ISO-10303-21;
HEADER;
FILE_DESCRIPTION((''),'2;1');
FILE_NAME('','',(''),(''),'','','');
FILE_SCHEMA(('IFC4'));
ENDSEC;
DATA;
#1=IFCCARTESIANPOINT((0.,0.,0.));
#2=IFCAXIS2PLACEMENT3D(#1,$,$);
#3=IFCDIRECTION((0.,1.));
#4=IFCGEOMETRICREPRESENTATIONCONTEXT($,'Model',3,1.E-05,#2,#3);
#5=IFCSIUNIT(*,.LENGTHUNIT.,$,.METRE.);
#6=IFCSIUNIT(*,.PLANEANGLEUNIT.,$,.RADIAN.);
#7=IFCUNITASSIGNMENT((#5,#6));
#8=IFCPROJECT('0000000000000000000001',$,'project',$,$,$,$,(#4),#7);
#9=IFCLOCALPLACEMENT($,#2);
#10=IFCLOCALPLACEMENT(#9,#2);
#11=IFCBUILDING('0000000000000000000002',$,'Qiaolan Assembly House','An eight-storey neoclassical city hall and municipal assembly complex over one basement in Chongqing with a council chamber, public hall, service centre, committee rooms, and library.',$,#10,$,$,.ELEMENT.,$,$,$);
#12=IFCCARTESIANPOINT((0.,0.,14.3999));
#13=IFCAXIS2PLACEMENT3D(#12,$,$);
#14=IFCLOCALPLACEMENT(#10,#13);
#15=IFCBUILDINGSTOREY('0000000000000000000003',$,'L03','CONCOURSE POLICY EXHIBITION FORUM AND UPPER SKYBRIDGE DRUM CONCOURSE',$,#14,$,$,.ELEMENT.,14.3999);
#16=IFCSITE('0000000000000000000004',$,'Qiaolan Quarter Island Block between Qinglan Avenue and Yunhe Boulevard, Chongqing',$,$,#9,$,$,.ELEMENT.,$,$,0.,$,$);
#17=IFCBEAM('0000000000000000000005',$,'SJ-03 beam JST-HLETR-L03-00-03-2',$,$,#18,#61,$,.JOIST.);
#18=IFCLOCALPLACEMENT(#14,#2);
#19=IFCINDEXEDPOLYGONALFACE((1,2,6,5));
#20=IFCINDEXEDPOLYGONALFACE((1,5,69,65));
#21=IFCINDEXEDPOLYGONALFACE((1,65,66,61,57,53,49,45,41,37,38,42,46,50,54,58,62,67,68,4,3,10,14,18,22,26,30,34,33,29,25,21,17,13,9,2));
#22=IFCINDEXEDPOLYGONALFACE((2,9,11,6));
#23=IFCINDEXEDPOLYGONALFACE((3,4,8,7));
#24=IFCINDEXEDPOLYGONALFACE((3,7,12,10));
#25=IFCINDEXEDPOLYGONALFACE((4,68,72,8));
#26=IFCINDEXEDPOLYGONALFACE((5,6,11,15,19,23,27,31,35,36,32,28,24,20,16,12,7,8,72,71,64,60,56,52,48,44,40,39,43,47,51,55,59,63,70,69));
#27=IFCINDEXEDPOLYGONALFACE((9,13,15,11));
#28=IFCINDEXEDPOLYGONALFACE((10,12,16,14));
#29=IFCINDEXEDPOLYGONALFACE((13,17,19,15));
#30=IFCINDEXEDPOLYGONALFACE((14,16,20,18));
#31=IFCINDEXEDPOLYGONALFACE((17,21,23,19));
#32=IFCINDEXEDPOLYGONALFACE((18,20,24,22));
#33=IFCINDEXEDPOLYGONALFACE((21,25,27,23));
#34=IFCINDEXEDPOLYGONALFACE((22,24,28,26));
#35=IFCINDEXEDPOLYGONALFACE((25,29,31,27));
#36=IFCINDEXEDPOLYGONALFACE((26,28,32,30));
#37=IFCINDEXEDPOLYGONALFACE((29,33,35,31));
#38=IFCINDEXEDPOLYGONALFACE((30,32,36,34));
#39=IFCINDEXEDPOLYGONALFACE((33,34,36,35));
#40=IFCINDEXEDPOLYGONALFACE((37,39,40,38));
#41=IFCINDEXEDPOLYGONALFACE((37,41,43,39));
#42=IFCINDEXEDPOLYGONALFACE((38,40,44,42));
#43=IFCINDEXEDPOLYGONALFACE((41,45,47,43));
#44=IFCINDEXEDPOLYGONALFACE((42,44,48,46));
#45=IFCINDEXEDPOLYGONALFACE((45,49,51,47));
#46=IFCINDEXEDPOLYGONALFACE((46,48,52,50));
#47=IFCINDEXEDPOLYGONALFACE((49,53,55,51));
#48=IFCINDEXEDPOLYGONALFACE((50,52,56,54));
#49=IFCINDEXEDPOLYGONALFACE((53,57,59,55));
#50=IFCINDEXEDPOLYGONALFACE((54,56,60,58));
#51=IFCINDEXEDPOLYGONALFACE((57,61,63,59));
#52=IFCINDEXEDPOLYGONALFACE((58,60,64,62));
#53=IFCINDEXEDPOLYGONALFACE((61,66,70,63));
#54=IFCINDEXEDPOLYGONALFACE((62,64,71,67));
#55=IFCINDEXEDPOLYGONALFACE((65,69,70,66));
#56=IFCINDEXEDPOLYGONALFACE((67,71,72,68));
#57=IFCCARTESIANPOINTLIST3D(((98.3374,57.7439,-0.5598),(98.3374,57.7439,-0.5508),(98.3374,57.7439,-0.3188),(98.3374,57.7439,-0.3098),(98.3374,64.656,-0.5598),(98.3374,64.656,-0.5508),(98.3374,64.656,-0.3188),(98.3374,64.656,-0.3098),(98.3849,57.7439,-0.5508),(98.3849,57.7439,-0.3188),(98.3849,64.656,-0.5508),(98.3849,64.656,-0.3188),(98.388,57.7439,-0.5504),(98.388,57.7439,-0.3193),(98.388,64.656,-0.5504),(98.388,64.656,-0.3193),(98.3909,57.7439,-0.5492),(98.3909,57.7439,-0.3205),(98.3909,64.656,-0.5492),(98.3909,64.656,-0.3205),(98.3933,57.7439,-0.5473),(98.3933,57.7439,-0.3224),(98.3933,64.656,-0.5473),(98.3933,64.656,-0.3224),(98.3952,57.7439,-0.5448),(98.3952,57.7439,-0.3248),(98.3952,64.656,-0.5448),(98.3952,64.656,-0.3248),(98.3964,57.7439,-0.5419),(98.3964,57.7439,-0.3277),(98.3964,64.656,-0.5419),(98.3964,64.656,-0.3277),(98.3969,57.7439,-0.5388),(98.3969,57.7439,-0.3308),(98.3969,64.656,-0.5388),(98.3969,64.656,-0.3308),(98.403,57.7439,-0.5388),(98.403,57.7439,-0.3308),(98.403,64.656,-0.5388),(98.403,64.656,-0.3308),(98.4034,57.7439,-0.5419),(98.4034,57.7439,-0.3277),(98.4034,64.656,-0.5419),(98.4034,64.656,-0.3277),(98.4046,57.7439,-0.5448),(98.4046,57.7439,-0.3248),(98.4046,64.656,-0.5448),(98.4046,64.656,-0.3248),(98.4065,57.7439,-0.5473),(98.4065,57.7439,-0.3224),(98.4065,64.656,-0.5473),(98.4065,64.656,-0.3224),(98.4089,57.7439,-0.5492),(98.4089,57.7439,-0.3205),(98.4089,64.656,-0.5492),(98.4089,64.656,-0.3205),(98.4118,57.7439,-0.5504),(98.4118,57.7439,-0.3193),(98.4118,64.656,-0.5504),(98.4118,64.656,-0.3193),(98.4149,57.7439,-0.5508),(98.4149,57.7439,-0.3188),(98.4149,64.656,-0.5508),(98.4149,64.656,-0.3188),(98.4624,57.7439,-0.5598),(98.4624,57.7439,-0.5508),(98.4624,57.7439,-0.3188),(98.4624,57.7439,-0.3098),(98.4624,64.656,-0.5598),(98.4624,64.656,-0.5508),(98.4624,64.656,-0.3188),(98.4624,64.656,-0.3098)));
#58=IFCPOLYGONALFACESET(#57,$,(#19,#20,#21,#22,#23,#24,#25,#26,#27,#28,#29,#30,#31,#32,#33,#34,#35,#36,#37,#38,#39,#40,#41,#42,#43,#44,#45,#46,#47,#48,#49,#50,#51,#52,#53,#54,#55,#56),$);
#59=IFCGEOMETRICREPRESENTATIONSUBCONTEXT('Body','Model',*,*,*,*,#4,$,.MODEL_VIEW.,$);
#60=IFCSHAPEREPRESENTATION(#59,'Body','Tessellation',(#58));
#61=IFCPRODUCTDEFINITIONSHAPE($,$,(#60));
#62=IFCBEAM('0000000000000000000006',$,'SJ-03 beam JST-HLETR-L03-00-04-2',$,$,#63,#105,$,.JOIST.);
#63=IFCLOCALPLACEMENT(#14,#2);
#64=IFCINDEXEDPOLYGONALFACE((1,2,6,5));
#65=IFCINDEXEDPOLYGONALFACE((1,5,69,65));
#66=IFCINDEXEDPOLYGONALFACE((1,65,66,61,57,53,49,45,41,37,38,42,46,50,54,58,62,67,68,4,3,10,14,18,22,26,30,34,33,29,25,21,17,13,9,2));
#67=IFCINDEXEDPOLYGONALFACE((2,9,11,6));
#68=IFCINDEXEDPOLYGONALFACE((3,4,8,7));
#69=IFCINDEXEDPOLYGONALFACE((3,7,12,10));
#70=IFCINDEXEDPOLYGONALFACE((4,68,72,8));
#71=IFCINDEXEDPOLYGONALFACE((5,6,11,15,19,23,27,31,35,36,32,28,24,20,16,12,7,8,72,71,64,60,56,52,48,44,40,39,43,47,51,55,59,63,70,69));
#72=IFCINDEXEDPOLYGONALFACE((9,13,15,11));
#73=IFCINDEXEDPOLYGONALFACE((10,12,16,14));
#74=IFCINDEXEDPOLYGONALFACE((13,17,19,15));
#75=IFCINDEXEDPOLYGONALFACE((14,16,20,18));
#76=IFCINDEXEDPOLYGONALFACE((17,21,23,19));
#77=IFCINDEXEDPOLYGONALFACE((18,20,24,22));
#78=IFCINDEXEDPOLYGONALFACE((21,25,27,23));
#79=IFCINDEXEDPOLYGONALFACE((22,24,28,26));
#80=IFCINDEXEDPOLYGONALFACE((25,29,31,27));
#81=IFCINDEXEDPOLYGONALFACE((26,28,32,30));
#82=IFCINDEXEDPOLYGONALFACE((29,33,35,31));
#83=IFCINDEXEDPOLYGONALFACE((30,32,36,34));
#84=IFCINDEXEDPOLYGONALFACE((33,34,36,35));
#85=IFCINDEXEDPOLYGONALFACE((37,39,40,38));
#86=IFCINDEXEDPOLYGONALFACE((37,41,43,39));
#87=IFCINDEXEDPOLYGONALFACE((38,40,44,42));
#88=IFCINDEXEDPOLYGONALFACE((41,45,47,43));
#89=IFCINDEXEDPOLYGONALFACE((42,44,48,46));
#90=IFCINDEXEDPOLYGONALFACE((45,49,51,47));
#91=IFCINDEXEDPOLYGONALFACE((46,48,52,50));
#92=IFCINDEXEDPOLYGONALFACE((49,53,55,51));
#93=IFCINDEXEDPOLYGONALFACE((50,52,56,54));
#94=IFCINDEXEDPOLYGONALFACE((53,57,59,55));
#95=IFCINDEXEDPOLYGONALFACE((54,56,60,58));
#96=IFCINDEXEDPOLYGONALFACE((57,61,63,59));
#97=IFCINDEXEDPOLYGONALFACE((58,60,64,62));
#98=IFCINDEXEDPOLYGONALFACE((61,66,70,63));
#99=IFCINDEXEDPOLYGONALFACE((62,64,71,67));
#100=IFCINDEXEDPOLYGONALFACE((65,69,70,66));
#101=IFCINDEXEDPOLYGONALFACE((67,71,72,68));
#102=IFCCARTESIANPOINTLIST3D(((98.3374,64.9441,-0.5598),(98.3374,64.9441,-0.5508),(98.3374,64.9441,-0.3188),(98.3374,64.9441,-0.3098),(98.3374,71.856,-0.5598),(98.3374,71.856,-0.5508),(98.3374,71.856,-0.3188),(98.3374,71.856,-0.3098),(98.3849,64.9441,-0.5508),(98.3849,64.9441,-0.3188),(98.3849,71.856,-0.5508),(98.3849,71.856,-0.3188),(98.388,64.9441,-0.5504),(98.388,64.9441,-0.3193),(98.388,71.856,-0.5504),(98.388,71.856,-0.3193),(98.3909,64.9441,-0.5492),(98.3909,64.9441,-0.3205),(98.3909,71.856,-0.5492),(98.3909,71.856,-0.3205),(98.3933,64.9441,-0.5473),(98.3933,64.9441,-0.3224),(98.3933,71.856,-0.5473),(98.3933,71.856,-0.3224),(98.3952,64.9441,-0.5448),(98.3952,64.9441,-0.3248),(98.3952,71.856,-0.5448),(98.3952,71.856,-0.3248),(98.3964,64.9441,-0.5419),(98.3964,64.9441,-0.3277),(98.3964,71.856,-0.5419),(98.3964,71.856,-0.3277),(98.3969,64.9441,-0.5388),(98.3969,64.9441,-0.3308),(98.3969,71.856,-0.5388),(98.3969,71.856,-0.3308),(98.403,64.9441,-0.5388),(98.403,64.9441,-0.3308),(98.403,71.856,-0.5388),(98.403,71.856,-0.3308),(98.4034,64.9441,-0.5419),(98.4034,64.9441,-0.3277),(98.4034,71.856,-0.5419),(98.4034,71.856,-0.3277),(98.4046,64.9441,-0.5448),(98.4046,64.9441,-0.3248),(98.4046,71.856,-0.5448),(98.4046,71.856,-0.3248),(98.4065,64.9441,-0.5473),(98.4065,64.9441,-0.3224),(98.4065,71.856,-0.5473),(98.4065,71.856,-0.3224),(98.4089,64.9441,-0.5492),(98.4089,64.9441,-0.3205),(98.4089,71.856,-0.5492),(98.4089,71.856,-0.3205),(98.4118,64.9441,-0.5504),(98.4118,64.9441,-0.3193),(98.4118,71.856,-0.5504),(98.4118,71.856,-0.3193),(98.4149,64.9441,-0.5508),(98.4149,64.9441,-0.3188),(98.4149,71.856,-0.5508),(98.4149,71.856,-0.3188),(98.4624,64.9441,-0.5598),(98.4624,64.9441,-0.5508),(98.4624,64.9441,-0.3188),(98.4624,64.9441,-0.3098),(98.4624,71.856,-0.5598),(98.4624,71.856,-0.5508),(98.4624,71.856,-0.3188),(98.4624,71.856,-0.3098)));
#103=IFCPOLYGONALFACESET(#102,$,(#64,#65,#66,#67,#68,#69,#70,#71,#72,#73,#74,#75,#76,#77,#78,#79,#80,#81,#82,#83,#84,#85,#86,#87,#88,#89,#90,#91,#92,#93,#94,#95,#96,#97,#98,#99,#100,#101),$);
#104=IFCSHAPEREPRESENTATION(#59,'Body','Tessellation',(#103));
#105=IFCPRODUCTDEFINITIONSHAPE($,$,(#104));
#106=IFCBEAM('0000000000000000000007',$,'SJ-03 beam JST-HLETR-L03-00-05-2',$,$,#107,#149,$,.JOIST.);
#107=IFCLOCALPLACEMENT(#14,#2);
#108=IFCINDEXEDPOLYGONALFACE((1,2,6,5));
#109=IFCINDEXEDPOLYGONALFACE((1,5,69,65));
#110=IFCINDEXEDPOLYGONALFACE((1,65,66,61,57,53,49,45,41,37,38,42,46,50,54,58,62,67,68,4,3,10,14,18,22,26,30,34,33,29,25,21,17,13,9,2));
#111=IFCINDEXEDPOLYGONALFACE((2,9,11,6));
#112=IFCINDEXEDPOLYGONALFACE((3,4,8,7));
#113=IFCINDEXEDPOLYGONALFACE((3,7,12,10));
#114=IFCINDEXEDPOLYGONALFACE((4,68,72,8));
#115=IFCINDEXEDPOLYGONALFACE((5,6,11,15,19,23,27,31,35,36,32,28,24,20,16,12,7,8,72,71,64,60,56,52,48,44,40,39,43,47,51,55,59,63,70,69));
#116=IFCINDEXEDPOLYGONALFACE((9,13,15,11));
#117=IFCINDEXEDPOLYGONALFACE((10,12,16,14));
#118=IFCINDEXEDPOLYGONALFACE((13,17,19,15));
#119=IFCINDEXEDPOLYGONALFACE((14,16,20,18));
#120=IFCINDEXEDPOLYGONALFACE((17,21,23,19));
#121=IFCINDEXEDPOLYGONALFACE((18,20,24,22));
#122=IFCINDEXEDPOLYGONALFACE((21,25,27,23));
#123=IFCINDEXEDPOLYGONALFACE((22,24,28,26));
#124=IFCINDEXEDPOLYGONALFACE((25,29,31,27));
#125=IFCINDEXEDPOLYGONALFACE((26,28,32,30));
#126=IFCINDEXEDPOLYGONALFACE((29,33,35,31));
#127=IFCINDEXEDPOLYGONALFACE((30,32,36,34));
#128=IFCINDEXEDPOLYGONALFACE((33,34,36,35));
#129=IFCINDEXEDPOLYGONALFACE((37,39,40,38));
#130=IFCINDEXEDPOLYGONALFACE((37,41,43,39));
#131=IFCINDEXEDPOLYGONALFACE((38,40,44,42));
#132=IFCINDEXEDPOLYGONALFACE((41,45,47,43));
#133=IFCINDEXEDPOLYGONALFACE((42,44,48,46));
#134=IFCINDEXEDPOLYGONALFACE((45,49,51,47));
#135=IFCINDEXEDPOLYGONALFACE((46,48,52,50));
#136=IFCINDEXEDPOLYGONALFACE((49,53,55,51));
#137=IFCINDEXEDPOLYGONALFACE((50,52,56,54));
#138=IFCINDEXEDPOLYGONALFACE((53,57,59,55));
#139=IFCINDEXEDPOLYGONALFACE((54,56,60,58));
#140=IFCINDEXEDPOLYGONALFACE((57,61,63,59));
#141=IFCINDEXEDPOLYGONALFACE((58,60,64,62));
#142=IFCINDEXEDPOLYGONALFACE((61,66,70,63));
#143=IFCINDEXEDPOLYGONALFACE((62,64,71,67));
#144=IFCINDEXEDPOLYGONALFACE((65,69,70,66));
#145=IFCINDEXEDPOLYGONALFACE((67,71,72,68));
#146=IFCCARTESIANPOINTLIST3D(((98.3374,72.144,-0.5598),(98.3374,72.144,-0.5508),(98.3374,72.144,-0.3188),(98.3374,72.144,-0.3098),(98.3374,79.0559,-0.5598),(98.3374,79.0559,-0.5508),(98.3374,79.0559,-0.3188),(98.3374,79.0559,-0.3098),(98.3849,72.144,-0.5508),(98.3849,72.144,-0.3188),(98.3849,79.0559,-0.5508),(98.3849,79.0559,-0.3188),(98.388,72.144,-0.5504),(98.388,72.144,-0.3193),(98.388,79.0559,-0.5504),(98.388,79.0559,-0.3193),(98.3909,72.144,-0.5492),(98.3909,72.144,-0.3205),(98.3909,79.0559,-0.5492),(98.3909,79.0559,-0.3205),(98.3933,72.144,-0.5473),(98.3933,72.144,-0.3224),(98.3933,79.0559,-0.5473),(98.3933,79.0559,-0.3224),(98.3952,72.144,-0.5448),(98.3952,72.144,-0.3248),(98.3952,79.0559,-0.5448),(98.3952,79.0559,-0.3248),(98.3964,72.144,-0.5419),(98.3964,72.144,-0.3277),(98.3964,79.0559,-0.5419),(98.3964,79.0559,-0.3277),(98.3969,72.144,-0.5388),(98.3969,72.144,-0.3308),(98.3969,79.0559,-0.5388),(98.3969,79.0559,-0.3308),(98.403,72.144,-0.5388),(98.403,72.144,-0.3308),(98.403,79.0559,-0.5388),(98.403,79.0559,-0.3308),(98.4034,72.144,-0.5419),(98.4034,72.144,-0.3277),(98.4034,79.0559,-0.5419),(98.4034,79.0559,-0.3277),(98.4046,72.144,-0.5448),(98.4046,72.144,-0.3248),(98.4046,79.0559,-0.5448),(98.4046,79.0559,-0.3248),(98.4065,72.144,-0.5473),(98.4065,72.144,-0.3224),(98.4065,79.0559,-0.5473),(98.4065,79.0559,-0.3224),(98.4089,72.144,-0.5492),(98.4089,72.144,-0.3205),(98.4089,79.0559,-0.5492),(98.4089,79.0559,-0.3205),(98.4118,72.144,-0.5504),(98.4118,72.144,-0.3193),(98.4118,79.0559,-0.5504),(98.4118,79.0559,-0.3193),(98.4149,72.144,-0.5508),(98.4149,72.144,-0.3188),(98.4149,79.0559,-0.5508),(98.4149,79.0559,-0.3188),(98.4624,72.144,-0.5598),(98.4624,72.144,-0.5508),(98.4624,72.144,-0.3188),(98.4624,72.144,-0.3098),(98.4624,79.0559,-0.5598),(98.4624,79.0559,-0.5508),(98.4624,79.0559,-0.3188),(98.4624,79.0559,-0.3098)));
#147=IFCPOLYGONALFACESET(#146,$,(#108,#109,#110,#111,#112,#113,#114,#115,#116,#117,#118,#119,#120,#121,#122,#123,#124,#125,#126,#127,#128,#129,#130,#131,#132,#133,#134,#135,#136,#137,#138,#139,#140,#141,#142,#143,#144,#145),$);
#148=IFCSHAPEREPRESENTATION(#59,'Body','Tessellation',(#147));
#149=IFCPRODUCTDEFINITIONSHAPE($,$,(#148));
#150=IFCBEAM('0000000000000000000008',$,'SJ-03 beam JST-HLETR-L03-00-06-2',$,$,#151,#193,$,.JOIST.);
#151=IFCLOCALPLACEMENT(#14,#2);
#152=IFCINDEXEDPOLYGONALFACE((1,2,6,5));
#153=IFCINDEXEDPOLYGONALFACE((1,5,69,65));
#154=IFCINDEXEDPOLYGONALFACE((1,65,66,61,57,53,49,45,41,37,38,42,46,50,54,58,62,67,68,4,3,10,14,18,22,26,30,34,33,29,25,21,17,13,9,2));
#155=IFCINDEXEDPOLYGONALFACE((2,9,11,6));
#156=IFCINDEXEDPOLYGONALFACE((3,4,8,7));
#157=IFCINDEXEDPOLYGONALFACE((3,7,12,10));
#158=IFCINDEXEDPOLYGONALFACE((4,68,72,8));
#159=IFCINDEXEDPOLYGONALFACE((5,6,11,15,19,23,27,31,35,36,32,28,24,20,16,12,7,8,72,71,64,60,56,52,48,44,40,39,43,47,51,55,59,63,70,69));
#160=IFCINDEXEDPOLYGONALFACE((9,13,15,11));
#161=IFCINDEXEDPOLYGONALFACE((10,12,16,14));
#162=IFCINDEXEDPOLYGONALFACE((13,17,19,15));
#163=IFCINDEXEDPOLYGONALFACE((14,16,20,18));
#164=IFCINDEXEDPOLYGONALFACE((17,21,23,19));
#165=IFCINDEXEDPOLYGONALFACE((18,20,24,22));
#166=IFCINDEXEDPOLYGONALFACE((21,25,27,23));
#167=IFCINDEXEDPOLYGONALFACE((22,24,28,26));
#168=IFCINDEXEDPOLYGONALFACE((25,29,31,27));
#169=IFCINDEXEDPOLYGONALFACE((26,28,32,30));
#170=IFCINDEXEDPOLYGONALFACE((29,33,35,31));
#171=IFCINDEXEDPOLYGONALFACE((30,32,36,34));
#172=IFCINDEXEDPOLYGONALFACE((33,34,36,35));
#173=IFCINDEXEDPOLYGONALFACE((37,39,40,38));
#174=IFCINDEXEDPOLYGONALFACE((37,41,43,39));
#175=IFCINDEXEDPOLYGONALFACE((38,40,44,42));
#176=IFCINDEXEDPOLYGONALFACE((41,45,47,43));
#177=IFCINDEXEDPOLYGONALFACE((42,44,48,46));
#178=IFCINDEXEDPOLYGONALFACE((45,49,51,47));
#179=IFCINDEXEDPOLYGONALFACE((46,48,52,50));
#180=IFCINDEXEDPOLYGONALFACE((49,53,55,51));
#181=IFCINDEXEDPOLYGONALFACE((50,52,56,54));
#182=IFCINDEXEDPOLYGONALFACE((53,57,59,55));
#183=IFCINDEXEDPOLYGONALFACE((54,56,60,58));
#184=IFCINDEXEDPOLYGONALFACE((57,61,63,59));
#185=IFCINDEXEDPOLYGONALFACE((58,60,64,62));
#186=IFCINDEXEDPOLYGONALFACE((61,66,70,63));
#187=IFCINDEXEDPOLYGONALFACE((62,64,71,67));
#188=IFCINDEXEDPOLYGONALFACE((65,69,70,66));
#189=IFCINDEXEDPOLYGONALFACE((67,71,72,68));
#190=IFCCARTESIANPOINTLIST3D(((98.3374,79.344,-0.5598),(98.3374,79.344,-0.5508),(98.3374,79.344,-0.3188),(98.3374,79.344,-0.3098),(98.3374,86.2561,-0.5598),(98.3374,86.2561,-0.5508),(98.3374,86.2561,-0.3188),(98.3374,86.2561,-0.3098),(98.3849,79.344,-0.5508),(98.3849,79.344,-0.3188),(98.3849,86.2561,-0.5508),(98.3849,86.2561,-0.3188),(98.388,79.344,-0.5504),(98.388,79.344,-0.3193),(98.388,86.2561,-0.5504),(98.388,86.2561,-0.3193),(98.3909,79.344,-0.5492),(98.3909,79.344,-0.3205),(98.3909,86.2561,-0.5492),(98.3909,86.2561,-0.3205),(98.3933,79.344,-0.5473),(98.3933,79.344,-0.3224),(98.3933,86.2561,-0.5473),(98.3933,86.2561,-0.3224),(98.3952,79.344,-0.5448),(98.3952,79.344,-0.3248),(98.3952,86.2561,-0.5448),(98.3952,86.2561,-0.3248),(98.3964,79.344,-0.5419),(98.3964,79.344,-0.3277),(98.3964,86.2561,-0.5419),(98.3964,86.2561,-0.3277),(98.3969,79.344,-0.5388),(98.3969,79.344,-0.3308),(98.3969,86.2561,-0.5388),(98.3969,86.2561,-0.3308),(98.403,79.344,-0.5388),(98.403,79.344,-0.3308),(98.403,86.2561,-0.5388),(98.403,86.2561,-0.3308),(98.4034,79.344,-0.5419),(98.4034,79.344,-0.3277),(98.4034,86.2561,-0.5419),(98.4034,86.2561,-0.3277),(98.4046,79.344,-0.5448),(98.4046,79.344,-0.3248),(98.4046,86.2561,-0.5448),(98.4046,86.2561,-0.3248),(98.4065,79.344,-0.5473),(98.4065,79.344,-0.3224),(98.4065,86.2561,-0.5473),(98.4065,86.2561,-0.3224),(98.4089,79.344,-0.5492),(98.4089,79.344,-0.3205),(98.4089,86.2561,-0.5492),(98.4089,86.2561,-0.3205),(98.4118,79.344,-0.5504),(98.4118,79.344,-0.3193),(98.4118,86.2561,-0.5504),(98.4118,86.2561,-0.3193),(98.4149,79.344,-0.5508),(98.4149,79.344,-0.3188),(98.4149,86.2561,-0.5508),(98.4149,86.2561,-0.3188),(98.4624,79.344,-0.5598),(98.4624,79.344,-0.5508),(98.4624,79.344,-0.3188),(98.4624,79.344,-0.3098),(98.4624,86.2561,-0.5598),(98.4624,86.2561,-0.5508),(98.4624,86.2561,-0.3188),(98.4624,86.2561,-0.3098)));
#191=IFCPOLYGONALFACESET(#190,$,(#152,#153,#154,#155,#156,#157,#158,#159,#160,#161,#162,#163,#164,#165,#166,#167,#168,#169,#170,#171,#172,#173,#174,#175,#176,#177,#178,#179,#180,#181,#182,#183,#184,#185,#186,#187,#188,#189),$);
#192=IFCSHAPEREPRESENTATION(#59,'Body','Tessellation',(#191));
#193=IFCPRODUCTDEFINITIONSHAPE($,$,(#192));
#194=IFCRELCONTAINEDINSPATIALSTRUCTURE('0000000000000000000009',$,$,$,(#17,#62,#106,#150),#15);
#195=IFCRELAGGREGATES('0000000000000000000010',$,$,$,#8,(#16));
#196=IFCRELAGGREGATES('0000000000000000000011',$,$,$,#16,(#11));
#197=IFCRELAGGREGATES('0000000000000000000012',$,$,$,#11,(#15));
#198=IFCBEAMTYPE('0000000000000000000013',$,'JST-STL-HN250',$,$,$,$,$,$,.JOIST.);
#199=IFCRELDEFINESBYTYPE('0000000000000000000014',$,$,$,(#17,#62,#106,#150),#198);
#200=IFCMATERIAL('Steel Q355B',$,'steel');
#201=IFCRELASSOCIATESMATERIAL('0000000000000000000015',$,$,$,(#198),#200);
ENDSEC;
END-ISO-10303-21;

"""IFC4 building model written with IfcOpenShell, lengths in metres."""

from ifc_helpers import new_model, si_unit, direction, frame, origin, origin_2d, place, context, subcontext, project, spatial, i_section, extrude, material, material_profile, profile_set, type_object, element, save


model = new_model("IFC4")

# Units and contexts
model_context = context("Model", 3, precision=1e-05, world=origin(), true_north=direction((0.0, 1.0)))
body_context = subcontext(model_context, "Body", "Model", "MODEL_VIEW")
ifc_project = project(units=[si_unit("LENGTHUNIT", "METRE"), si_unit("PLANEANGLEUNIT", "RADIAN")], contexts=[model_context])

# Site, building, storey
site_placement = place(None, origin())
site = spatial("IfcSite", under=ifc_project, at=site_placement, Name="Qiaolan Quarter Island Block between Qinglan Avenue and Yunhe Boulevard, Chongqing", CompositionType="ELEMENT", RefElevation=0.0)
building_placement = place(site_placement, origin())
building = spatial("IfcBuilding", under=site, at=building_placement, Name="Qiaolan Assembly House", Description="An eight-storey neoclassical city hall and municipal assembly complex over one basement in Chongqing with a council chamber, public hall, service centre, committee rooms, and library.", CompositionType="ELEMENT")
storey_placement = place(building_placement, frame((0.0, 0.0, 14.3999)))
storey = spatial("IfcBuildingStorey", under=building, at=storey_placement, Name="L03", Description="CONCOURSE POLICY EXHIBITION FORUM AND UPPER SKYBRIDGE DRUM CONCOURSE", CompositionType="ELEMENT", Elevation=14.3999)

# Shared definitions
ifc_material_1 = material(Name="Steel Q355B", Category="steel")

# Beams
ifc_material_profile_1 = material_profile(ifc_material_1, i_section(OverallWidth=0.125, OverallDepth=0.25, WebThickness=0.0061, FlangeThickness=0.009, FilletRadius=0.012, at=origin_2d()), Name="HN 250x125x6x9")
ifc_profile_set_1 = profile_set([ifc_material_profile_1], Name="Steel Q355B")
beam_type_1 = type_object("IfcBeamType", Name="JST-STL-HN250", PredefinedType="JOIST", material=ifc_profile_set_1)
beam_1_placement = place(storey_placement, frame((98.3999, 57.7439, -0.4348), z_axis=(0.0, 1.0, 0.0), x_axis=(-1.0, 0.0, 0.0)))
element("IfcBeam", 1, at=beam_1_placement, inside=storey, type_object=beam_type_1, Name="SJ-03 beam JST-HLETR-L03-00-03-2", PredefinedType="JOIST", context=body_context, shape_type="SweptSolid", body=[
    extrude(i_section(OverallWidth=0.125, OverallDepth=0.25, WebThickness=0.0061, FlangeThickness=0.009, FilletRadius=0.012, at=origin_2d()), origin(), (0.0, 0.0, 1.0), 6.9121),
])
for number, where, z_axis, x_axis, name in (
    (2, (98.3999, 64.9441, -0.4348), (0.0, 1.0, 0.0), (-1.0, 0.0, 0.0), "SJ-03 beam JST-HLETR-L03-00-04-2"),
    (3, (98.3999, 72.144, -0.4348), (0.0, 1.0, 0.0), (-1.0, 0.0, 0.0), "SJ-03 beam JST-HLETR-L03-00-05-2"),
):
    element("IfcBeam", number, at=place(storey_placement, frame(where, z_axis=z_axis, x_axis=x_axis)), inside=storey, type_object=beam_type_1, Name=name, PredefinedType="JOIST", context=body_context, shape_type="SweptSolid", body=[
        extrude(i_section(OverallWidth=0.125, OverallDepth=0.25, WebThickness=0.0061, FlangeThickness=0.009, FilletRadius=0.012, at=origin_2d()), origin(), (0.0, 0.0, 1.0), 6.9119),
    ])
for number, where, z_axis, x_axis, name in (
    (4, (98.3999, 79.344, -0.4348), (0.0, 1.0, 0.0), (-1.0, 0.0, 0.0), "SJ-03 beam JST-HLETR-L03-00-06-2"),
):
    element("IfcBeam", number, at=place(storey_placement, frame(where, z_axis=z_axis, x_axis=x_axis)), inside=storey, type_object=beam_type_1, Name=name, PredefinedType="JOIST", context=body_context, shape_type="SweptSolid", body=[
        extrude(i_section(OverallWidth=0.125, OverallDepth=0.25, WebThickness=0.0061, FlangeThickness=0.009, FilletRadius=0.012, at=origin_2d()), origin(), (0.0, 0.0, 1.0), 6.9121),
    ])

save(model, "model.ifc")
